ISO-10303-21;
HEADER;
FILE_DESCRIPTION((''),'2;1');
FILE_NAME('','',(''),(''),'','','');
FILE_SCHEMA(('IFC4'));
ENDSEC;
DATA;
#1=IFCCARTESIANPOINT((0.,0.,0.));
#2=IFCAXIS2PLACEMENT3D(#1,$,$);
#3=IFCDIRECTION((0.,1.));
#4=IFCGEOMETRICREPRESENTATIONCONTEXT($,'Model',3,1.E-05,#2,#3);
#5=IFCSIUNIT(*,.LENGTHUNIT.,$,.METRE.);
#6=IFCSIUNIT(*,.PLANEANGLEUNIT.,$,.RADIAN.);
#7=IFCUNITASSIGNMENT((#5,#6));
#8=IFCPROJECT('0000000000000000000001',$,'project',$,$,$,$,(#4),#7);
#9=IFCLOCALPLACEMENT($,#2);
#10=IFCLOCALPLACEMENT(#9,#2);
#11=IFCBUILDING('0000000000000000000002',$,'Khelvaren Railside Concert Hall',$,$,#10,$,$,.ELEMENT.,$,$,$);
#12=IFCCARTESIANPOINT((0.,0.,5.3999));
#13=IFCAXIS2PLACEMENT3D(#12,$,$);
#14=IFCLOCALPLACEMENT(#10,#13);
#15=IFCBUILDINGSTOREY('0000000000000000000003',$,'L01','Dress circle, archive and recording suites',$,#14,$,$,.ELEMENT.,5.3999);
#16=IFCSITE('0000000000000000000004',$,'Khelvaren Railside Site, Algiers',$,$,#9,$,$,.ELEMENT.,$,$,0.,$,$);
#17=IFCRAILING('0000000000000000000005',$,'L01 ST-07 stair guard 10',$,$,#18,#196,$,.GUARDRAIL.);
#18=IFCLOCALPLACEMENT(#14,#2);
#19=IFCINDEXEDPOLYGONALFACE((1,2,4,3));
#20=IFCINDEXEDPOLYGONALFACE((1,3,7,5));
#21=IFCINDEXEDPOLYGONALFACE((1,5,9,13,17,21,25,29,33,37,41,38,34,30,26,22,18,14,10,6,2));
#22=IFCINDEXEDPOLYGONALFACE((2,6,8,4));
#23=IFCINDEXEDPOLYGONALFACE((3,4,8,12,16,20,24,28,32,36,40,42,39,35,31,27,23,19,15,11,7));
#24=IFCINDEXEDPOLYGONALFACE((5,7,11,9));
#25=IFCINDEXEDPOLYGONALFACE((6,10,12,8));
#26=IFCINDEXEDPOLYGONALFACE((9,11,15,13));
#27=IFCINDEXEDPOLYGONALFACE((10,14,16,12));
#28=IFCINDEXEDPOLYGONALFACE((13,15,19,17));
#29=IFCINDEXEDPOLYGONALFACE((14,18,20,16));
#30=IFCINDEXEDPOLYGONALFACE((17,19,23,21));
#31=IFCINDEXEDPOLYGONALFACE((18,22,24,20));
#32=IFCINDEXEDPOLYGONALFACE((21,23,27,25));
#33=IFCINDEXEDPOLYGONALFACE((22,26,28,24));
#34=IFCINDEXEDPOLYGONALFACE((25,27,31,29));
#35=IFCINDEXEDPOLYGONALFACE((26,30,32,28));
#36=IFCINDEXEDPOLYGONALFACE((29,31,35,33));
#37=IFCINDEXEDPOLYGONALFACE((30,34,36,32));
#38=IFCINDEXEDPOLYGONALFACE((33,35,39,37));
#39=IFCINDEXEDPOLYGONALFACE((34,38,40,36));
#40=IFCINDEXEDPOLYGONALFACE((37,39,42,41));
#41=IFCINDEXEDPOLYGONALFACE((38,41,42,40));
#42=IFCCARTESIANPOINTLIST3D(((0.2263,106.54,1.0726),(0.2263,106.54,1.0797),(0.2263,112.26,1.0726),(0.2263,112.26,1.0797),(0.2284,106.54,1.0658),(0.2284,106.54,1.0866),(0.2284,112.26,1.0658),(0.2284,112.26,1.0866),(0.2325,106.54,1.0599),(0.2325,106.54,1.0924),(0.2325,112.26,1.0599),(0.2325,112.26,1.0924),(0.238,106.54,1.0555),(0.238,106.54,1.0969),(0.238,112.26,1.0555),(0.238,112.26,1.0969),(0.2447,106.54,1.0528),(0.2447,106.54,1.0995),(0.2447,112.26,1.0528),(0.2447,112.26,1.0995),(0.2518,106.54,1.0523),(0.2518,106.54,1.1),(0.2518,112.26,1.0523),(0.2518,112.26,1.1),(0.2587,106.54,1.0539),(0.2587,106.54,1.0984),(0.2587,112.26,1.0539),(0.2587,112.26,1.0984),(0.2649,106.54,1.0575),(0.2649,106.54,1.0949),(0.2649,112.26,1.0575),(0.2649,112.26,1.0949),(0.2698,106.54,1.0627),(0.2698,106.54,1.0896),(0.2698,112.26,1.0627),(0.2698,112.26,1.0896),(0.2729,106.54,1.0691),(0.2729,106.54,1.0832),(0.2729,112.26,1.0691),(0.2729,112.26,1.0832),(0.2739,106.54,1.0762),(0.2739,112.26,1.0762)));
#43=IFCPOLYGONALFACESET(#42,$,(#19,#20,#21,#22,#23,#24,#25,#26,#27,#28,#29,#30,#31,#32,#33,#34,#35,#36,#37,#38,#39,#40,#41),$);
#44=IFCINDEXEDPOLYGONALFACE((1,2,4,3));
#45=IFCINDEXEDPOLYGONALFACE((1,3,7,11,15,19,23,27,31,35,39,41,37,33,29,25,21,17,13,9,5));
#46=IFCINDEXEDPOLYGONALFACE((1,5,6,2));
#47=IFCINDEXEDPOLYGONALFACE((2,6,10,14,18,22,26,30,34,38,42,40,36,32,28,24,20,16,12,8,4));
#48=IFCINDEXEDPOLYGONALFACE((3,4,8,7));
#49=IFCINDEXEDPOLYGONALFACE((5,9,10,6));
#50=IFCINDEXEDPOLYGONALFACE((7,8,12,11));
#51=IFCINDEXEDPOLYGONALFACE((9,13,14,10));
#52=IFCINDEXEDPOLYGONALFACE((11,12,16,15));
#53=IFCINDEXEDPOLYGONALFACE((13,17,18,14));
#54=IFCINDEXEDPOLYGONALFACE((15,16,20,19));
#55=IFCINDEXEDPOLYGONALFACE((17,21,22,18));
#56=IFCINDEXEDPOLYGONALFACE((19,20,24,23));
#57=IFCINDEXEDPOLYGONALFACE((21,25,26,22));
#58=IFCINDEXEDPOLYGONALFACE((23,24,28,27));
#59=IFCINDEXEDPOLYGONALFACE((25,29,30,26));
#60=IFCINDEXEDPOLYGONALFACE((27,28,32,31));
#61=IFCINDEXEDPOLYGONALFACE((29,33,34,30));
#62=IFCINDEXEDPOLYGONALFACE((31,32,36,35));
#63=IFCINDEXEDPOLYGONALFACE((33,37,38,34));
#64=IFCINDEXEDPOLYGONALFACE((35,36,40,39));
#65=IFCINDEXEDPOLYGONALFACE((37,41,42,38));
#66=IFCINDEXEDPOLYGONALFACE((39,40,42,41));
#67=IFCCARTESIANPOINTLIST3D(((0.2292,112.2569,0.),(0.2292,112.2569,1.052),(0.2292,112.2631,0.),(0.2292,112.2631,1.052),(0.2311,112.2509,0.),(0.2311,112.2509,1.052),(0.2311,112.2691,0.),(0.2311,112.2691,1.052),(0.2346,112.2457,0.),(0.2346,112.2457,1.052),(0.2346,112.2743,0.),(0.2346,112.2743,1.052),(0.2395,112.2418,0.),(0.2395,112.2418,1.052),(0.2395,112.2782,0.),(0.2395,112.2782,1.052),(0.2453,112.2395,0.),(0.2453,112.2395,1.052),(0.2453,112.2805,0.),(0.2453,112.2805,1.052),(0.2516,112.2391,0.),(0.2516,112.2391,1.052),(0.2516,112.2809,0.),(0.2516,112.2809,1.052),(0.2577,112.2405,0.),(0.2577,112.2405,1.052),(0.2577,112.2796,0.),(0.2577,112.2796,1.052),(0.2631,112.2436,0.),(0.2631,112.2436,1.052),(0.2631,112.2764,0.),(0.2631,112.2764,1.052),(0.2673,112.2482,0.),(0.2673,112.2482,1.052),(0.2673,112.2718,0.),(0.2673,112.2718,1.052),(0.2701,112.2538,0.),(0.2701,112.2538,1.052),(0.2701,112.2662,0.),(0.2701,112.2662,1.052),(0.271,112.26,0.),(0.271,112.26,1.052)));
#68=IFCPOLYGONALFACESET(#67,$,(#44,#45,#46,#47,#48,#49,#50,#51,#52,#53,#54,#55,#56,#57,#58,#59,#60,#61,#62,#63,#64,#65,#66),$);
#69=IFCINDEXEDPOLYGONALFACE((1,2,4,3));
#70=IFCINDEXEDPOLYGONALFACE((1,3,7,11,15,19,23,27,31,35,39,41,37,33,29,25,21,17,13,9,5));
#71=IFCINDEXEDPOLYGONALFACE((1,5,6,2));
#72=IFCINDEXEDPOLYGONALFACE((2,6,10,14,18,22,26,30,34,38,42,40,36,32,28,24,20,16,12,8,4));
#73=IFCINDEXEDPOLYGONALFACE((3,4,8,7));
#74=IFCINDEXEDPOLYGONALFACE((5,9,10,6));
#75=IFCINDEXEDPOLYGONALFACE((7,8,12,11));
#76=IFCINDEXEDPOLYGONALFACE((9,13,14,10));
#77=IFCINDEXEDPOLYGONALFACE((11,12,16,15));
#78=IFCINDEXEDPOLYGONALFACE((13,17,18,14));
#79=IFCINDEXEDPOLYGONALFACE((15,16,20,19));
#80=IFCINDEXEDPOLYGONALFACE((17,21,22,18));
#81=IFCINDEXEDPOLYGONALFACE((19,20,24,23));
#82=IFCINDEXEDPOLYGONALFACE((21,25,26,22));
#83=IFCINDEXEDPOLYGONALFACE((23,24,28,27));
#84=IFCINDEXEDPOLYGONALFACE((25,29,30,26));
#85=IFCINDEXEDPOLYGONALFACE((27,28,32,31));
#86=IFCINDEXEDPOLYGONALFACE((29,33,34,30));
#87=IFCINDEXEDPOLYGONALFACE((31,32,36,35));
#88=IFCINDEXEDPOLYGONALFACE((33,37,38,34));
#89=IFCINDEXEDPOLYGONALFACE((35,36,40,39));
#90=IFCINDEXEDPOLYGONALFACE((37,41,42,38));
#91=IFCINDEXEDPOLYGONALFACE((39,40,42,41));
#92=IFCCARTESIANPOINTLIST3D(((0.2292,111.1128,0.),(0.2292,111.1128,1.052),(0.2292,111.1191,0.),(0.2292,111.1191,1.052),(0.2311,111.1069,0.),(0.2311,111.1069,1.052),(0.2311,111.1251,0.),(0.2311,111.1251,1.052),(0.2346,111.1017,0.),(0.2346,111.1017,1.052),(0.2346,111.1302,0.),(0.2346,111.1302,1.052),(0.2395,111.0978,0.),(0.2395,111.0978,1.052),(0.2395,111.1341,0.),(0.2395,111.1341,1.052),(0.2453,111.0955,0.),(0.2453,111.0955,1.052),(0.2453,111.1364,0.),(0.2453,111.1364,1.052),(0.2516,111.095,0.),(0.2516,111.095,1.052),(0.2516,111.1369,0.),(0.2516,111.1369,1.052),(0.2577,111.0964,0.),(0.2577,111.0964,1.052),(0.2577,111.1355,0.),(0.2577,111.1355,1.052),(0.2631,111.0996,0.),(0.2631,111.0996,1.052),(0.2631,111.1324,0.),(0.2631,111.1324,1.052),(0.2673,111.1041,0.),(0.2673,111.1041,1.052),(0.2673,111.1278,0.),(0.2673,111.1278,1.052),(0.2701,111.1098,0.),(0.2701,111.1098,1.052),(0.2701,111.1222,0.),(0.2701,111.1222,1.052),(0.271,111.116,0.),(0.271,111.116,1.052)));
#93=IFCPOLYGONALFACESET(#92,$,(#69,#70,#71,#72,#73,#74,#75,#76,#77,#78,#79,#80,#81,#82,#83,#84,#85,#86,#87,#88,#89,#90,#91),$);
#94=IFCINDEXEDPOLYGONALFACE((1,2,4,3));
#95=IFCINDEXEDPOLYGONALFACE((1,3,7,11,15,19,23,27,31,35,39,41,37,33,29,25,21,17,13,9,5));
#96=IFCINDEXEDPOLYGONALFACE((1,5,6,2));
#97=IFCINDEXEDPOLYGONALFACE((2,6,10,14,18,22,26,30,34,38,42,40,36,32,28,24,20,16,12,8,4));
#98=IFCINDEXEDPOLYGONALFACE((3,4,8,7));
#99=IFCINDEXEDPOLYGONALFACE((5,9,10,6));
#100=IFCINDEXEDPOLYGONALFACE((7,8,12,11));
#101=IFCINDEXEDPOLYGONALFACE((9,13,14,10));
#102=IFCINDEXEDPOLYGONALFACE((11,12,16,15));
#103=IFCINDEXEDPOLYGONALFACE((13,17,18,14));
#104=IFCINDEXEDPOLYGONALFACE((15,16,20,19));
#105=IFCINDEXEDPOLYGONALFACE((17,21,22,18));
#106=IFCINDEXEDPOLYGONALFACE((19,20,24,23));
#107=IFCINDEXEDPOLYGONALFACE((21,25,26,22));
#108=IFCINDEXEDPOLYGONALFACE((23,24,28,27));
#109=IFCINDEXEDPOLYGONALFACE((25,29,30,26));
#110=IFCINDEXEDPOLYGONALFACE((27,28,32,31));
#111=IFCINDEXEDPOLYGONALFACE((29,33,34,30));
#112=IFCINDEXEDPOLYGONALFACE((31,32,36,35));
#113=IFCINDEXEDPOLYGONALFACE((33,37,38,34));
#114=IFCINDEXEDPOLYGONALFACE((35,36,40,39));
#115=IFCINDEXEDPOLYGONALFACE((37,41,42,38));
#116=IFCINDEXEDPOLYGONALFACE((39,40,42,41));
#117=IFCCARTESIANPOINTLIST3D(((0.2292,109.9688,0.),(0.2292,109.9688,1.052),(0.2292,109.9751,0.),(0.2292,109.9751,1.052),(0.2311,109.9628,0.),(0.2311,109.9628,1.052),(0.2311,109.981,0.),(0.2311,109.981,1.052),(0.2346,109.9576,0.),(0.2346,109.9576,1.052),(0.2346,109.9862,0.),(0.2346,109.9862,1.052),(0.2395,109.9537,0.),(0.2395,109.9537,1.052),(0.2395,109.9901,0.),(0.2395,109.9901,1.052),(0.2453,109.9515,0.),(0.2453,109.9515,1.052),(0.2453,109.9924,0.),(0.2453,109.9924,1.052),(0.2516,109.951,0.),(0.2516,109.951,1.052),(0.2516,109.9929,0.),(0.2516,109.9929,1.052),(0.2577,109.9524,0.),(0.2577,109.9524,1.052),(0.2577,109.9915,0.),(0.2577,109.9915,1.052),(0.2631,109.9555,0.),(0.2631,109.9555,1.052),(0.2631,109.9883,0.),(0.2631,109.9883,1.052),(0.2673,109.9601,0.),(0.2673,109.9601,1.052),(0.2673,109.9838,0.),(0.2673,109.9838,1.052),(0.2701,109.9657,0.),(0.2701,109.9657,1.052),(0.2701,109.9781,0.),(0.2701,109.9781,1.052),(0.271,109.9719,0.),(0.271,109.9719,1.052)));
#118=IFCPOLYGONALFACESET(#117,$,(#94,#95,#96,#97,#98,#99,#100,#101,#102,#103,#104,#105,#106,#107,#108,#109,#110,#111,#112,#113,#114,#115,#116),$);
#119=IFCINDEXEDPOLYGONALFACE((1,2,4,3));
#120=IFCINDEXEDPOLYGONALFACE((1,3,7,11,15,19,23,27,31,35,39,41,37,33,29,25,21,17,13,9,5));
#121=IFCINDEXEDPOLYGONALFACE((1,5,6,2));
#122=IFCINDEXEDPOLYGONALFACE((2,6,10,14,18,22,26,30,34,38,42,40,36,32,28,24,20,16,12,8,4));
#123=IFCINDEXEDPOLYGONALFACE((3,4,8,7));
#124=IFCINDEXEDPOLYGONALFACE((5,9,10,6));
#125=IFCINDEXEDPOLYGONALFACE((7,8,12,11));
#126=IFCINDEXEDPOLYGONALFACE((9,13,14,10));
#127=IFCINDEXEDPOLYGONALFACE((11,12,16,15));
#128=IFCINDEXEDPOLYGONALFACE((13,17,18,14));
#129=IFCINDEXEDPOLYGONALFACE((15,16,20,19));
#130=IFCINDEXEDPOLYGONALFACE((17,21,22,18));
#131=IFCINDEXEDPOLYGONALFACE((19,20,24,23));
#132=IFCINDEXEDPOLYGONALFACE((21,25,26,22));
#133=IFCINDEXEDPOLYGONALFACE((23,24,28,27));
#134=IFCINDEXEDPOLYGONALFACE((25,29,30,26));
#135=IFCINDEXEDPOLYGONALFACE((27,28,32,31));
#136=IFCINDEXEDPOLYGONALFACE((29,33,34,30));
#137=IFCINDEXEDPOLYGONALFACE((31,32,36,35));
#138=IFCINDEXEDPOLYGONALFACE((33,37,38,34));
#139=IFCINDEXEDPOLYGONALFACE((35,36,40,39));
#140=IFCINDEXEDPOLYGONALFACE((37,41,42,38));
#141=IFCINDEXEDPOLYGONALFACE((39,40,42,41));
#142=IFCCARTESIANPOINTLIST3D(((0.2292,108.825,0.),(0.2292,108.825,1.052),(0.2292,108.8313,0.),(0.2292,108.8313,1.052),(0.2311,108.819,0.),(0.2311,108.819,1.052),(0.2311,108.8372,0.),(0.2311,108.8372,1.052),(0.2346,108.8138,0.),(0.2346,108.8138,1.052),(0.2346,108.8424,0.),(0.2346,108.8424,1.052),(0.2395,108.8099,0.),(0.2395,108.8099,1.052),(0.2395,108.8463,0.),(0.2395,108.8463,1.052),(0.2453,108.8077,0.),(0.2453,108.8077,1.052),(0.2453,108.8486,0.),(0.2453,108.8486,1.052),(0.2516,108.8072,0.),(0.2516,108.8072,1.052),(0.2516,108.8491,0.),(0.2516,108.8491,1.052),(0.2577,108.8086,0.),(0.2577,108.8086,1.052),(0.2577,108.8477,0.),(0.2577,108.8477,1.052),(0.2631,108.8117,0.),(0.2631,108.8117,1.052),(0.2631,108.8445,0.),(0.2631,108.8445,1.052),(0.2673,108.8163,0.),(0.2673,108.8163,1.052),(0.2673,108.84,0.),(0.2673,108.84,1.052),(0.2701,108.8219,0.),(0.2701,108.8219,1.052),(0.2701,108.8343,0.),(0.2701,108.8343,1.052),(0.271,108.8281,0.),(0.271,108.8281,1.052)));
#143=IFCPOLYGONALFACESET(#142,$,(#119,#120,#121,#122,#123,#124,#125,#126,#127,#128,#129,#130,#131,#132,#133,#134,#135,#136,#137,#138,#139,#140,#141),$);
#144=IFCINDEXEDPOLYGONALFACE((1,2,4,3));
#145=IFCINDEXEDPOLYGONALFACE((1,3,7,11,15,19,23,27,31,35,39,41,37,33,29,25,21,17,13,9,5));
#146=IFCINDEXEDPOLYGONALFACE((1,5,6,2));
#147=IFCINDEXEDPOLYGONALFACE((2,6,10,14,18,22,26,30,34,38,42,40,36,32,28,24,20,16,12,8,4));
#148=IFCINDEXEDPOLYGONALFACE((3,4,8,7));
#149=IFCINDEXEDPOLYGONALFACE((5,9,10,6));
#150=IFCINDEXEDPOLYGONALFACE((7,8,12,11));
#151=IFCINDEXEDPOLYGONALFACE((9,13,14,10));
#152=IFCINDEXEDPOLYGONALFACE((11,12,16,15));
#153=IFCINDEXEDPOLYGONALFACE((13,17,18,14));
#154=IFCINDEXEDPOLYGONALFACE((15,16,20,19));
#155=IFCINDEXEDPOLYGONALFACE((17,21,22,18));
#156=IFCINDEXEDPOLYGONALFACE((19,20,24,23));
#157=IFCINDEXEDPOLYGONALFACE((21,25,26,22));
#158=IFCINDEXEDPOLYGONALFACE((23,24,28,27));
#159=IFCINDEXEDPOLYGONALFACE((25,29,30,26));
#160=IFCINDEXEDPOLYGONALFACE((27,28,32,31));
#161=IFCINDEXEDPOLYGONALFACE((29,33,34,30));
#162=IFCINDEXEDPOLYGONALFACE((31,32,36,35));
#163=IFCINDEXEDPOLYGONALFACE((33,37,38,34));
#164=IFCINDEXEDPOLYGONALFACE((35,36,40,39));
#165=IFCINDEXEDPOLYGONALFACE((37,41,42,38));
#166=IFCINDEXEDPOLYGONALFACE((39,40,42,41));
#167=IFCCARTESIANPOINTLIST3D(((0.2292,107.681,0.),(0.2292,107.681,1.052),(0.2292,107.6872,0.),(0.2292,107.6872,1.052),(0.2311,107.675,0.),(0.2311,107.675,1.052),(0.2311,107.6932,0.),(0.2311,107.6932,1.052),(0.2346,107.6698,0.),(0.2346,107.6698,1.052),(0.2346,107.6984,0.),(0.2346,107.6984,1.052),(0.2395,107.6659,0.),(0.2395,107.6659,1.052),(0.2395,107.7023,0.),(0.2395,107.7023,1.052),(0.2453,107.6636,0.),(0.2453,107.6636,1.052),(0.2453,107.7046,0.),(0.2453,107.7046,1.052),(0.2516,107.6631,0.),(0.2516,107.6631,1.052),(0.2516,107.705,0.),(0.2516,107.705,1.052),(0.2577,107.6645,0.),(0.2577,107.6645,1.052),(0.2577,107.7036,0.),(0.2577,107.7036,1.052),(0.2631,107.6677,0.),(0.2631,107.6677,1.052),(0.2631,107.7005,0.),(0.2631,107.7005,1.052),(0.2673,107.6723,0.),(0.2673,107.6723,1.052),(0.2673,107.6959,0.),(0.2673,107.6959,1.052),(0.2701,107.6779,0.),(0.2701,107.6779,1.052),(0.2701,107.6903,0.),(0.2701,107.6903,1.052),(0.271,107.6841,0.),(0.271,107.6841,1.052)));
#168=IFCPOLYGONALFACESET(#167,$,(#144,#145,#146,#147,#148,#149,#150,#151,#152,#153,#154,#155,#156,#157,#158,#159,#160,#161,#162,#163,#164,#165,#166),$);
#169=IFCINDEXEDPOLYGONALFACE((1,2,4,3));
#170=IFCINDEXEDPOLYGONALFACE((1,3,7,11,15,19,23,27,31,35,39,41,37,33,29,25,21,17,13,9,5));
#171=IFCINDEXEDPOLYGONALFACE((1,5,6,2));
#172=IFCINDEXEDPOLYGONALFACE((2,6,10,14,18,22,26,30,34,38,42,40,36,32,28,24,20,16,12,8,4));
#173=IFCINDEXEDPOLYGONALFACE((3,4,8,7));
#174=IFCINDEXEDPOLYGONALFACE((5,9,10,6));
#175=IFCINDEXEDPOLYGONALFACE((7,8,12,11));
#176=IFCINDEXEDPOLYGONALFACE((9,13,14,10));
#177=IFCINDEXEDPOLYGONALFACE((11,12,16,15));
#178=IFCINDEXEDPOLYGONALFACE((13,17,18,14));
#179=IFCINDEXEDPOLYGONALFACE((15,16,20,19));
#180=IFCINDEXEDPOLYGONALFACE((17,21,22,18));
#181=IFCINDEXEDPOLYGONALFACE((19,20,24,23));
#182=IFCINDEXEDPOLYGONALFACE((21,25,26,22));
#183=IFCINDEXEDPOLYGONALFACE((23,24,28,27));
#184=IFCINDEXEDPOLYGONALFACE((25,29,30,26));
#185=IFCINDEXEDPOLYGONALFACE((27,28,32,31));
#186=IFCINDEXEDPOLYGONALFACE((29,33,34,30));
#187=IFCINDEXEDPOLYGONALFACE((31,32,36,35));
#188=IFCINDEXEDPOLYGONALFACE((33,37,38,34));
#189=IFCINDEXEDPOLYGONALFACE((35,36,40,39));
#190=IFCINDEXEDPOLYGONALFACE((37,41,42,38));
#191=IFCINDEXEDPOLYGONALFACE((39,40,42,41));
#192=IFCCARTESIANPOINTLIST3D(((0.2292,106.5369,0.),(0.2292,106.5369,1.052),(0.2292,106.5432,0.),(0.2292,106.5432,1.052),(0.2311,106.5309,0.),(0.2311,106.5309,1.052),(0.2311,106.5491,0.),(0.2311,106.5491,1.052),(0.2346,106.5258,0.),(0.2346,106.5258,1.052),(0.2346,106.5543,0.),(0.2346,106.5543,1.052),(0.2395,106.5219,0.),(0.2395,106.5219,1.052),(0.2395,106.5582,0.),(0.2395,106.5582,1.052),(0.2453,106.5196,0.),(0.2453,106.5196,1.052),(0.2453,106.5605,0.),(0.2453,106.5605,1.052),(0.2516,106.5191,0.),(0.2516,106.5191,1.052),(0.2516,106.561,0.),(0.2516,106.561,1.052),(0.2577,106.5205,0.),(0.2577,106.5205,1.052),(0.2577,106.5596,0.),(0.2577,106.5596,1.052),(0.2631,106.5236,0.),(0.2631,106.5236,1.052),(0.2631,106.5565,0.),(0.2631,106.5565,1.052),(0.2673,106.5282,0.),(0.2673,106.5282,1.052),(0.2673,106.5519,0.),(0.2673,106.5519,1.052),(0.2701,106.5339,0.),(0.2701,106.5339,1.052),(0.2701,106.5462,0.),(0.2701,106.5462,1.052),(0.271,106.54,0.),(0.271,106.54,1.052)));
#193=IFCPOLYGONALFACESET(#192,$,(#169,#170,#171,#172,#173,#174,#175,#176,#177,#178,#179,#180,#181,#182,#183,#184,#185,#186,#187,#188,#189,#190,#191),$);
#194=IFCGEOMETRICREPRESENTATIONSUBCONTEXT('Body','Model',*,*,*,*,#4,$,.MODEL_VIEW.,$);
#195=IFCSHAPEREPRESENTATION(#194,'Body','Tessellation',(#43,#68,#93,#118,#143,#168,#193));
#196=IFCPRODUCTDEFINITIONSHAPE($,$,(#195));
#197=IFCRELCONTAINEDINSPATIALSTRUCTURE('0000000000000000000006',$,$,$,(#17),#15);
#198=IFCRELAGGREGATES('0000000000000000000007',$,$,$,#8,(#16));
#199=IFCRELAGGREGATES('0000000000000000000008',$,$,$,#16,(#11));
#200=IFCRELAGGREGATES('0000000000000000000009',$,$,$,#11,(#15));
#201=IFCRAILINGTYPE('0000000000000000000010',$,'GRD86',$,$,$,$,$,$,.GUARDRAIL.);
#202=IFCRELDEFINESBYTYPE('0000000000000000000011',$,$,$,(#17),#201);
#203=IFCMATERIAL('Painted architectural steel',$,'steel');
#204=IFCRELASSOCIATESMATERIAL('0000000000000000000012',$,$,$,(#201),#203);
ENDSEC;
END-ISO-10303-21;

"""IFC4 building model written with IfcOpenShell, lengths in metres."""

from ifc_helpers import new_model, si_unit, direction, frame, origin, origin_2d, place, context, subcontext, project, spatial, circle, extrude, material, type_object, element, save


model = new_model("IFC4")

# Units and contexts
model_context = context("Model", 3, precision=1e-05, world=origin(), true_north=direction((0.0, 1.0)))
body_context = subcontext(model_context, "Body", "Model", "MODEL_VIEW")
ifc_project = project(units=[si_unit("LENGTHUNIT", "METRE"), si_unit("PLANEANGLEUNIT", "RADIAN")], contexts=[model_context])

# Site, building, storey
site_placement = place(None, origin())
site = spatial("IfcSite", under=ifc_project, at=site_placement, Name="Khelvaren Railside Site, Algiers", CompositionType="ELEMENT", RefElevation=0.0)
building_placement = place(site_placement, origin())
building = spatial("IfcBuilding", under=site, at=building_placement, Name="Khelvaren Railside Concert Hall", CompositionType="ELEMENT")
storey_placement = place(building_placement, frame((0.0, 0.0, 5.3999)))
storey = spatial("IfcBuildingStorey", under=building, at=storey_placement, Name="L01", Description="Dress circle, archive and recording suites", CompositionType="ELEMENT", Elevation=5.3999)

# Railing
ifc_material_1 = material(Name="Painted architectural steel", Category="steel")
railing_type_1 = type_object("IfcRailingType", Name="GRD86", PredefinedType="GUARDRAIL", material=ifc_material_1)
railing_1_placement = place(storey_placement, frame((0.25, 112.26, 0.0)))
element("IfcRailing", 1, at=railing_1_placement, inside=storey, type_object=railing_type_1, Name="L01 ST-07 stair guard 10", PredefinedType="GUARDRAIL", context=body_context, shape_type="SweptSolid", body=[
    extrude(circle(Radius=0.0239, at=origin_2d()), frame((0.0, 0.0, 1.0762), z_axis=(0.0, -1.0, 0.0), x_axis=(1.0, 0.0, 0.0)), (0.0, 0.0, 1.0), 5.72),
    extrude(circle(Radius=0.021, at=origin_2d()), origin(), (0.0, 0.0, 1.0), 1.052),
    extrude(circle(Radius=0.021, at=origin_2d()), frame((0.0, -1.144, 0.0)), (0.0, 0.0, 1.0), 1.052),
    extrude(circle(Radius=0.021, at=origin_2d()), frame((0.0, -2.2881, 0.0)), (0.0, 0.0, 1.0), 1.052),
    extrude(circle(Radius=0.021, at=origin_2d()), frame((0.0, -3.4319, 0.0)), (0.0, 0.0, 1.0), 1.052),
    extrude(circle(Radius=0.021, at=origin_2d()), frame((0.0, -4.5759, 0.0)), (0.0, 0.0, 1.0), 1.052),
    extrude(circle(Radius=0.021, at=origin_2d()), frame((0.0, -5.72, 0.0)), (0.0, 0.0, 1.0), 1.052),
])

save(model, "model.ifc")
